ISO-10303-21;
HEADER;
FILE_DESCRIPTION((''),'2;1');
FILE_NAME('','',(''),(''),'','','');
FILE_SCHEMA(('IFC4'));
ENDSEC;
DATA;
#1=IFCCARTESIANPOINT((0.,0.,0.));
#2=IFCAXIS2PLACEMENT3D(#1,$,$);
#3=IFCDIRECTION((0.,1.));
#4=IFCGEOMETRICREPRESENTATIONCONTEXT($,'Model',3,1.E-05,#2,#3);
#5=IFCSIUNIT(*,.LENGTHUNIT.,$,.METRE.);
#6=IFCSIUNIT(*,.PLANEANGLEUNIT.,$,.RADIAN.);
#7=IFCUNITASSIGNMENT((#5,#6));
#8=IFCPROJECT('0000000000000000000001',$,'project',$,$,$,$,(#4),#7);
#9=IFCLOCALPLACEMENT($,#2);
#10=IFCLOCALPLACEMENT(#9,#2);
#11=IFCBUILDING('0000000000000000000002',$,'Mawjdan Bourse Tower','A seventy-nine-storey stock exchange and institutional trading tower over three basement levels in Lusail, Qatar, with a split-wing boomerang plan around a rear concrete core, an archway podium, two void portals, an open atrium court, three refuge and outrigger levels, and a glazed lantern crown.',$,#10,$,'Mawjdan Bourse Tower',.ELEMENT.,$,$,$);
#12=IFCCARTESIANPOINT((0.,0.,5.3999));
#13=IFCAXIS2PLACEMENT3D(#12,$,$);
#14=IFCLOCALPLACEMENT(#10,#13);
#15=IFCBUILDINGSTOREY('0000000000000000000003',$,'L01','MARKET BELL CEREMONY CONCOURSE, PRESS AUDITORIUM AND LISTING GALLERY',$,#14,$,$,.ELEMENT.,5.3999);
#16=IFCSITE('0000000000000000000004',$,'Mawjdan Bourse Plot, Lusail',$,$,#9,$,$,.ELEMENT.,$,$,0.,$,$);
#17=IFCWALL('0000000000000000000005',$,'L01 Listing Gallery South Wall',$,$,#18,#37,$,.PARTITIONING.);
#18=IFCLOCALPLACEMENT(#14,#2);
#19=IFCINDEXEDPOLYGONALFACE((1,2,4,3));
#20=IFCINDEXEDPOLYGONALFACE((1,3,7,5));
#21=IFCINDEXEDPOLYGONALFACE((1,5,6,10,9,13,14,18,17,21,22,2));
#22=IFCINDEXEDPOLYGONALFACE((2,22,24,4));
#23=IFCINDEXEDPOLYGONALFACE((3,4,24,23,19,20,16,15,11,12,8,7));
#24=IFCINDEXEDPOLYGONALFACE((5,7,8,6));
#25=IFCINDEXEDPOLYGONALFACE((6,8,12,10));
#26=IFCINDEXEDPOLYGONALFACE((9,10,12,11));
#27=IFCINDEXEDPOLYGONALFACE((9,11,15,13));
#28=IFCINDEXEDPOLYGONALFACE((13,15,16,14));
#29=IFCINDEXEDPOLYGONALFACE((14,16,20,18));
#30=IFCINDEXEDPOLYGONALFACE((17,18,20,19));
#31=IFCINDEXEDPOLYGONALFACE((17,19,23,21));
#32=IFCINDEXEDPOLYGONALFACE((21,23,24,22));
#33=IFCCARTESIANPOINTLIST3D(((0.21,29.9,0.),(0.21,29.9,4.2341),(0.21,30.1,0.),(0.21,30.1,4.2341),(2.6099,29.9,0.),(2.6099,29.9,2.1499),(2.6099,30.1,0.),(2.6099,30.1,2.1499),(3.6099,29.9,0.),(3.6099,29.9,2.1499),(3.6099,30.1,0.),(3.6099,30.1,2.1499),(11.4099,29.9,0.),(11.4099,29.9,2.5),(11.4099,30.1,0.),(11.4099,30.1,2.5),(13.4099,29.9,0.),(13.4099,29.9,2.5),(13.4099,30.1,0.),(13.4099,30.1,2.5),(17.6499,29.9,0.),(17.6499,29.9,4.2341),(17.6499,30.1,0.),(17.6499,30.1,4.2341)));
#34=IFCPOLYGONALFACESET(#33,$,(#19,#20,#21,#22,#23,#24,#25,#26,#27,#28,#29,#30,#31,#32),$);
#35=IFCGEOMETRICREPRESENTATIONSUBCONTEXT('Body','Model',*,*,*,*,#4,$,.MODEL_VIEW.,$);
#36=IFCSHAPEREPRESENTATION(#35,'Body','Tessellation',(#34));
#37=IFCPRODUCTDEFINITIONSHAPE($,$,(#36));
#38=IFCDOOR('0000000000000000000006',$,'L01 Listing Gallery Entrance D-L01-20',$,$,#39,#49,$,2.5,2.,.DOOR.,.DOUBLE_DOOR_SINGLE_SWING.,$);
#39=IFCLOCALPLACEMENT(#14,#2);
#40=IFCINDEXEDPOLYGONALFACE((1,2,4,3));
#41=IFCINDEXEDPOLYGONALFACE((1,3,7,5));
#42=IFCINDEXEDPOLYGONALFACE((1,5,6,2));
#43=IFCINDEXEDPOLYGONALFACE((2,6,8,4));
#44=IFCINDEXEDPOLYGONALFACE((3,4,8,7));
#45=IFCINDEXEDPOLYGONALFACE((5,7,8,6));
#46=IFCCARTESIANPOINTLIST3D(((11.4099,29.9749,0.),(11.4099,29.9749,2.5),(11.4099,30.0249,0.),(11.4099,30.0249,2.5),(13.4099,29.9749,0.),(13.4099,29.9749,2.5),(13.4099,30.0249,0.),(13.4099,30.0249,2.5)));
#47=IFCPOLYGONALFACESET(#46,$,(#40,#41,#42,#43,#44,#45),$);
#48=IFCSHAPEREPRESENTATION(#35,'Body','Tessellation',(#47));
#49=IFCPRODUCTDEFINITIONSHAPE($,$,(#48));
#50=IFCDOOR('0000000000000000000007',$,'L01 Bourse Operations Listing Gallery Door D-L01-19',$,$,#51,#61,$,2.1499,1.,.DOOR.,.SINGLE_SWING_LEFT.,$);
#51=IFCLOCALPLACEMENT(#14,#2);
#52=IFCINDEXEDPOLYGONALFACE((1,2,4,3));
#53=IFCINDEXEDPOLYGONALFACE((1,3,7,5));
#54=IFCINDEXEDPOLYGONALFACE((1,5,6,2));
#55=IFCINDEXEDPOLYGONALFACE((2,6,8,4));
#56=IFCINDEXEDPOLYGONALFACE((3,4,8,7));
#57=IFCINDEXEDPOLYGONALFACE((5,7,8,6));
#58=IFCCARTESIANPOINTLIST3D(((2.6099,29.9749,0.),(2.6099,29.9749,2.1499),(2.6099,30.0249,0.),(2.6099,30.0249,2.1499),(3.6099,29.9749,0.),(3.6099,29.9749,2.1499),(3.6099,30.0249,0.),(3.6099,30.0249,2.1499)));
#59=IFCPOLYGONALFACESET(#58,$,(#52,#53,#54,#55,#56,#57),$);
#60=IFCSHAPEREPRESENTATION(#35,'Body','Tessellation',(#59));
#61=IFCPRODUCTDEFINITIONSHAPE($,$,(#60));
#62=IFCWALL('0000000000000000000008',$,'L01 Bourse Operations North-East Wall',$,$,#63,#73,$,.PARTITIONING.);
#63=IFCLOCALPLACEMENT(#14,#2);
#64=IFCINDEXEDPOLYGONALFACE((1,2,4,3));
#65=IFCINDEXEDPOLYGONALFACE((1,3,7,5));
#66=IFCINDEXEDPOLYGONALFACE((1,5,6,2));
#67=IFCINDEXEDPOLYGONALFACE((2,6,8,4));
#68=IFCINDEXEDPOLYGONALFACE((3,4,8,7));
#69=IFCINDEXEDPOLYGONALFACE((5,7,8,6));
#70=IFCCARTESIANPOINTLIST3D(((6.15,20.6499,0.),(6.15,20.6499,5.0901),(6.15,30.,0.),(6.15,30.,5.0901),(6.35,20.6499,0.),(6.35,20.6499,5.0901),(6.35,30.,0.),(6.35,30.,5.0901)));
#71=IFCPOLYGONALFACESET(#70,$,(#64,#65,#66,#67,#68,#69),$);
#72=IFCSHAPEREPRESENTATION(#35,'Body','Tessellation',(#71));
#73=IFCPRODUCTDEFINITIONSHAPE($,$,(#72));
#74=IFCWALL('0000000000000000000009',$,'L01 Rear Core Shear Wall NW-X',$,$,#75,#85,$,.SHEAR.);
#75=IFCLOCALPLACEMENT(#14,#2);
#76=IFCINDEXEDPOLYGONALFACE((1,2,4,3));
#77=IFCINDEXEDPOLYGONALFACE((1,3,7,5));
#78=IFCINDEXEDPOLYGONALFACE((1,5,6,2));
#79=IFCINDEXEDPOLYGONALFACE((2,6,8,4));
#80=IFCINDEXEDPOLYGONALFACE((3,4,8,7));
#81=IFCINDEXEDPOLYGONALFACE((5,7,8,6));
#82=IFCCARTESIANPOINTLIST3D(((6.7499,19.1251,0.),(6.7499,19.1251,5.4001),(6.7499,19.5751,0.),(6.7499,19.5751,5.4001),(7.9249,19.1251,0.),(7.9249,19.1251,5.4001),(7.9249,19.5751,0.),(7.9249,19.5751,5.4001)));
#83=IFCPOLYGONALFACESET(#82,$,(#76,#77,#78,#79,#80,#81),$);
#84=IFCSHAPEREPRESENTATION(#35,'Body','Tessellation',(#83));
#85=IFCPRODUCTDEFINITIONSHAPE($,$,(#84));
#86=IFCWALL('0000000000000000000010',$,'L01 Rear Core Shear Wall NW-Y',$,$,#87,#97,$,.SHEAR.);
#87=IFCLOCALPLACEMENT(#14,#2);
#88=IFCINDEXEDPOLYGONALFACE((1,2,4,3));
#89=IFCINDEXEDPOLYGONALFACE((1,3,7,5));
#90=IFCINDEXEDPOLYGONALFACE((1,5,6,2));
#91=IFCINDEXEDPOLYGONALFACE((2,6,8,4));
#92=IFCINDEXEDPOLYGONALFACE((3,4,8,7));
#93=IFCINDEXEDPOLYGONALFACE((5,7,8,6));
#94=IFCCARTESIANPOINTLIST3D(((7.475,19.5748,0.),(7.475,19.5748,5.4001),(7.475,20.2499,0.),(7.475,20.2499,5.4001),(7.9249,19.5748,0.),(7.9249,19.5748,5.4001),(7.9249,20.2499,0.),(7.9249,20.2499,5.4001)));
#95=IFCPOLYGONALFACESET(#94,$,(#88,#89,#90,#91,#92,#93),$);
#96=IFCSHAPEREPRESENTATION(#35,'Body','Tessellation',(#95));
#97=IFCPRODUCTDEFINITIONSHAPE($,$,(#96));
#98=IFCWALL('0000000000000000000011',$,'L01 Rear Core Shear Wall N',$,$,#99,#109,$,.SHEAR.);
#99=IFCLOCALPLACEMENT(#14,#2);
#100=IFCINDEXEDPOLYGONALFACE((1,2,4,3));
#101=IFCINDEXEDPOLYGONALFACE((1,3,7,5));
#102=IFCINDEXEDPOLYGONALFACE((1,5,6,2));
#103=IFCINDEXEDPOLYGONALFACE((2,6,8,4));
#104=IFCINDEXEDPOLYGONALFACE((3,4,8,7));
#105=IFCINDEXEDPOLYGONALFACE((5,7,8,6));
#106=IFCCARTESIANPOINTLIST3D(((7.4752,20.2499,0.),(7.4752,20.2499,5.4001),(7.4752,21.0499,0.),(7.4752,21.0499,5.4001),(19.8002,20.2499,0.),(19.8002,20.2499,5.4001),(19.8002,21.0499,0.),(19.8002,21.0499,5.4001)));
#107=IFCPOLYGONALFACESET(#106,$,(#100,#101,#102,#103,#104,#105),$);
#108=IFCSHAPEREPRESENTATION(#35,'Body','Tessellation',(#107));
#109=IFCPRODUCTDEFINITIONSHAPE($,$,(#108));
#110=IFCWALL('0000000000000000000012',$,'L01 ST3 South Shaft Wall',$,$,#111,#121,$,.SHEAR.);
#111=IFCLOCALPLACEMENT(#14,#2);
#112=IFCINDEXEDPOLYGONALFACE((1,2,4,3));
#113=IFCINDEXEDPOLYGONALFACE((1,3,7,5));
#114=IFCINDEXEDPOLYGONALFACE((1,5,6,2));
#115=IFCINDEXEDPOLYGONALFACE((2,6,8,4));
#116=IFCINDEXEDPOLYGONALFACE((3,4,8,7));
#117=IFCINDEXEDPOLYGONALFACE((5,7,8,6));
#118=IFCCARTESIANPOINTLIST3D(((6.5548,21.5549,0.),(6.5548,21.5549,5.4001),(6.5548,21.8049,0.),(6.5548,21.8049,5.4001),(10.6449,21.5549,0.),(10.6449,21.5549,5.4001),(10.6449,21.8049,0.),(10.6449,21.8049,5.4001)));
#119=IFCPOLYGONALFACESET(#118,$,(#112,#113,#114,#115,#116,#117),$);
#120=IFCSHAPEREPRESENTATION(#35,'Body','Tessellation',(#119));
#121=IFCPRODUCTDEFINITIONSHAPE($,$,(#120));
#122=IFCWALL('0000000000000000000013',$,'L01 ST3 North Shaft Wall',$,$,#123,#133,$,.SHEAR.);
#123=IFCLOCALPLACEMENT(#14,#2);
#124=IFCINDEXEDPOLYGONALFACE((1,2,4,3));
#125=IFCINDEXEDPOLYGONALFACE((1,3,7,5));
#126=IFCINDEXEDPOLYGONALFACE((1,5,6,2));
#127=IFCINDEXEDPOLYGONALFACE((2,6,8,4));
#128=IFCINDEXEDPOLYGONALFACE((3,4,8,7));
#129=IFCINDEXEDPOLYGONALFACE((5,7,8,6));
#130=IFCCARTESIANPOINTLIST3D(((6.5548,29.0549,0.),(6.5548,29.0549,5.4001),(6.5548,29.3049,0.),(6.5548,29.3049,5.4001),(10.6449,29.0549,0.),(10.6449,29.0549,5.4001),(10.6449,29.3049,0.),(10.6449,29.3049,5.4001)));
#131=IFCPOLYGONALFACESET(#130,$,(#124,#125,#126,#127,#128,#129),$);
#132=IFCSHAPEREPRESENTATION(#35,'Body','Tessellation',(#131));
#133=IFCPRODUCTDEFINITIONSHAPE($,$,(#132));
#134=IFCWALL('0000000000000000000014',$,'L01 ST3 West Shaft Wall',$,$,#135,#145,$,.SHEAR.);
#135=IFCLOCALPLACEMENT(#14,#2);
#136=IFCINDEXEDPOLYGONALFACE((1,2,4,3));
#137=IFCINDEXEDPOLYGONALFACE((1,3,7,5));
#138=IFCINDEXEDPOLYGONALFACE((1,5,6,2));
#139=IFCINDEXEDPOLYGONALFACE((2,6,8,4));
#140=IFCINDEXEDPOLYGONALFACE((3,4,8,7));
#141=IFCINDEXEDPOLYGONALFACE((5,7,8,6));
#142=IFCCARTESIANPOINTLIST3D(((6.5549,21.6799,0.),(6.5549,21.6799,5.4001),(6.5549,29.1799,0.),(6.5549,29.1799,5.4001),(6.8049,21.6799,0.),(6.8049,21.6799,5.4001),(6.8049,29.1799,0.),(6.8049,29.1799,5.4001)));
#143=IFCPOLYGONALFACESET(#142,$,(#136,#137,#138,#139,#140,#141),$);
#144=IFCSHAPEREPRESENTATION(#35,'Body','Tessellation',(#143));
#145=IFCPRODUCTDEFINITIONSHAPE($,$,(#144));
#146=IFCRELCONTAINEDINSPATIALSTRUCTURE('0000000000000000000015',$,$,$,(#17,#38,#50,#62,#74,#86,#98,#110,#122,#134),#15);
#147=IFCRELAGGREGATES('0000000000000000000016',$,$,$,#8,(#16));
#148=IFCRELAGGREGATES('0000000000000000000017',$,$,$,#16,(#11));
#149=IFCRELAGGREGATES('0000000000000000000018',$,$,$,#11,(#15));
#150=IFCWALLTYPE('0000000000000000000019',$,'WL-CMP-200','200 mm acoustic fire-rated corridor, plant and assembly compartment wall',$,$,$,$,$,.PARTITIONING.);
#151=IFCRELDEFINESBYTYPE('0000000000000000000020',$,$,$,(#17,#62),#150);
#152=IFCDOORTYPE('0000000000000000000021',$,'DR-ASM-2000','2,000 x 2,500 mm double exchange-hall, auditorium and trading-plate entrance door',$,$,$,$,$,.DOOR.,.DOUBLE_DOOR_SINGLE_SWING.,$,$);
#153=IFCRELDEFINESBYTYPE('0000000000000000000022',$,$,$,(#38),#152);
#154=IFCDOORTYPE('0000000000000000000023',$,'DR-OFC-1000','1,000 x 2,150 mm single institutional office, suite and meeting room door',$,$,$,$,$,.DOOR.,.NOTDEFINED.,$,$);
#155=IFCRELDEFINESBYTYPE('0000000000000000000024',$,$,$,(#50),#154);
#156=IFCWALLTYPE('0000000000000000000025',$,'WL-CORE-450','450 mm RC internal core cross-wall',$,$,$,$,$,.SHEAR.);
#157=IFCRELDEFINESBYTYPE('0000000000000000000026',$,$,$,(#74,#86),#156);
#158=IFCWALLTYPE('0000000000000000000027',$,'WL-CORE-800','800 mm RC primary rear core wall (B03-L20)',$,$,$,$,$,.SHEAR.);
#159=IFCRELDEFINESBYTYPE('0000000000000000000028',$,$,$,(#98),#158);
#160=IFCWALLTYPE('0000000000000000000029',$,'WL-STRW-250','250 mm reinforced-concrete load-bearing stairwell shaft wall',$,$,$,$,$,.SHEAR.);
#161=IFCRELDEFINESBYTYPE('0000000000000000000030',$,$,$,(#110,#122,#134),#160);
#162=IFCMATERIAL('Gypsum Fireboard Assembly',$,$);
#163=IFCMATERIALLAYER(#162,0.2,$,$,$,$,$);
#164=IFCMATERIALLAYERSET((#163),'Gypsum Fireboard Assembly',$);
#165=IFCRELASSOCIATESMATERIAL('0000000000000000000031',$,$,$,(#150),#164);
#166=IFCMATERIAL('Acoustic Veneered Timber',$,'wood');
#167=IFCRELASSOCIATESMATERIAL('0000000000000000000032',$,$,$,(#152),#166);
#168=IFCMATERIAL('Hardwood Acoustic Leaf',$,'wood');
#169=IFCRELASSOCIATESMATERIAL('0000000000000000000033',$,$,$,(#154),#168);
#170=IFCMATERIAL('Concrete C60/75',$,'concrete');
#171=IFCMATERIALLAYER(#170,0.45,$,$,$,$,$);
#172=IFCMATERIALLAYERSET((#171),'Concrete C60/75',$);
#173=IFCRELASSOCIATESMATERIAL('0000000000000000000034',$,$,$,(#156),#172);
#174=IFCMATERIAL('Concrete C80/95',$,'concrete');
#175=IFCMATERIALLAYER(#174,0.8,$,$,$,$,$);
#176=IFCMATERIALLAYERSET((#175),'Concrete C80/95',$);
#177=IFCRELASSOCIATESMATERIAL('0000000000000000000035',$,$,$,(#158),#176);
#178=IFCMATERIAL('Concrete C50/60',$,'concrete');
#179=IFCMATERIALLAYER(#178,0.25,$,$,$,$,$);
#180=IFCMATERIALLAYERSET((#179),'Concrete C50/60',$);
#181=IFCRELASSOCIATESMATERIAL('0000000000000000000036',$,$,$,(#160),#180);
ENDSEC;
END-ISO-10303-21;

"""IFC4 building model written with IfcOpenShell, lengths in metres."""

from ifc_helpers import new_model, si_unit, direction, frame, frame_2d, origin, place, context, subcontext, project, spatial, rectangle, extrude, material, layer, layer_set, type_object, element, fill, save


model = new_model("IFC4")

# Units and contexts
model_context = context("Model", 3, precision=1e-05, world=origin(), true_north=direction((0.0, 1.0)))
body_context = subcontext(model_context, "Body", "Model", "MODEL_VIEW")
ifc_project = project(units=[si_unit("LENGTHUNIT", "METRE"), si_unit("PLANEANGLEUNIT", "RADIAN")], contexts=[model_context])

# Site, building, storey
site_placement = place(None, origin())
site = spatial("IfcSite", under=ifc_project, at=site_placement, Name="Mawjdan Bourse Plot, Lusail", CompositionType="ELEMENT", RefElevation=0.0)
building_placement = place(site_placement, origin())
building = spatial("IfcBuilding", under=site, at=building_placement, Name="Mawjdan Bourse Tower", Description="A seventy-nine-storey stock exchange and institutional trading tower over three basement levels in Lusail, Qatar, with a split-wing boomerang plan around a rear concrete core, an archway podium, two void portals, an open atrium court, three refuge and outrigger levels, and a glazed lantern crown.", LongName="Mawjdan Bourse Tower", CompositionType="ELEMENT")
storey_placement = place(building_placement, frame((0.0, 0.0, 5.3999)))
storey = spatial("IfcBuildingStorey", under=building, at=storey_placement, Name="L01", Description="MARKET BELL CEREMONY CONCOURSE, PRESS AUDITORIUM AND LISTING GALLERY", CompositionType="ELEMENT", Elevation=5.3999)

# Shared definitions
ifc_material_1 = material(Name="Concrete C80/95", Category="concrete")

# Wall, openings, doors
ifc_material_2 = material(Name="Gypsum Fireboard Assembly")
ifc_layer_1 = layer(ifc_material_2, 0.2)
ifc_layer_set_1 = layer_set([ifc_layer_1], Name="Gypsum Fireboard Assembly")
wall_type_1 = type_object("IfcWallType", Name="WL-CMP-200", Description="200 mm acoustic fire-rated corridor, plant and assembly compartment wall", PredefinedType="PARTITIONING", material=ifc_layer_set_1)
wall_1_placement = place(storey_placement, frame((0.21, 30.0, 0.0), z_axis=(0.0, 0.0, 1.0), x_axis=(1.0, 0.0, 0.0)))
wall_1 = element("IfcWall", 1, at=wall_1_placement, inside=storey, type_object=wall_type_1, Name="L01 Listing Gallery South Wall", PredefinedType="PARTITIONING", context=body_context, shape_type="SweptSolid", body=[
    extrude(rectangle(XDim=17.4399, YDim=0.2, at=frame_2d((8.72, 0.0))), origin(), (0.0, 0.0, 1.0), 4.2341),
])
opening_1_placement = place(wall_1_placement, frame((2.3999, 0.0, 0.0)))
opening_1 = element("IfcOpeningElement", 2, at=opening_1_placement, cuts=wall_1, PredefinedType="OPENING", context=body_context, shape_type="SweptSolid", body=[
    extrude(rectangle(XDim=1.0, YDim=2.1499, at=frame_2d((0.5, 1.075))), frame((0.0, 0.1099, 0.0), z_axis=(0.0, -1.0, 0.0), x_axis=(1.0, 0.0, 0.0)), (0.0, 0.0, 1.0), 0.22),
])
opening_2_placement = place(wall_1_placement, frame((11.2, 0.0, 0.0)))
opening_2 = element("IfcOpeningElement", 3, at=opening_2_placement, cuts=wall_1, PredefinedType="OPENING", context=body_context, shape_type="SweptSolid", body=[
    extrude(rectangle(XDim=2.0, YDim=2.5, at=frame_2d((1.0, 1.25))), frame((0.0, 0.1099, 0.0), z_axis=(0.0, -1.0, 0.0), x_axis=(1.0, 0.0, 0.0)), (0.0, 0.0, 1.0), 0.22),
])
ifc_material_3 = material(Name="Acoustic Veneered Timber", Category="wood")
door_type_1 = type_object("IfcDoorType", Name="DR-ASM-2000", Description="2,000 x 2,500 mm double exchange-hall, auditorium and trading-plate entrance door", OperationType="DOUBLE_DOOR_SINGLE_SWING", PredefinedType="DOOR", material=ifc_material_3)
door_1_placement = place(opening_2_placement, origin())
door_1 = element("IfcDoor", 4, at=door_1_placement, inside=storey, type_object=door_type_1, Name="L01 Listing Gallery Entrance D-L01-20", OperationType="DOUBLE_DOOR_SINGLE_SWING", OverallHeight=2.5, OverallWidth=2.0, PredefinedType="DOOR", context=body_context, shape_type="SweptSolid", body=[
    extrude(rectangle(XDim=2.0, YDim=2.5, at=frame_2d((1.0, 1.25))), frame((0.0, 0.0249, 0.0), z_axis=(0.0, -1.0, 0.0), x_axis=(1.0, 0.0, 0.0)), (0.0, 0.0, 1.0), 0.05),
])
fill(opening_2, door_1)
ifc_material_4 = material(Name="Hardwood Acoustic Leaf", Category="wood")
door_type_2 = type_object("IfcDoorType", Name="DR-OFC-1000", Description="1,000 x 2,150 mm single institutional office, suite and meeting room door", OperationType="NOTDEFINED", PredefinedType="DOOR", material=ifc_material_4)
door_2_placement = place(opening_1_placement, origin())
door_2 = element("IfcDoor", 5, at=door_2_placement, inside=storey, type_object=door_type_2, Name="L01 Bourse Operations Listing Gallery Door D-L01-19", OperationType="SINGLE_SWING_LEFT", OverallHeight=2.1499, OverallWidth=1.0, PredefinedType="DOOR", context=body_context, shape_type="SweptSolid", body=[
    extrude(rectangle(XDim=1.0, YDim=2.1499, at=frame_2d((0.5, 1.075))), frame((0.0, 0.0249, 0.0), z_axis=(0.0, -1.0, 0.0), x_axis=(1.0, 0.0, 0.0)), (0.0, 0.0, 1.0), 0.05),
])
fill(opening_1, door_2)

# Walls
wall_2_placement = place(storey_placement, frame((6.25, 20.6499, 0.0), z_axis=(0.0, 0.0, 1.0), x_axis=(0.0, 1.0, 0.0)))
element("IfcWall", 6, at=wall_2_placement, inside=storey, type_object=wall_type_1, Name="L01 Bourse Operations North-East Wall", PredefinedType="PARTITIONING", context=body_context, shape_type="SweptSolid", body=[
    extrude(rectangle(XDim=9.3501, YDim=0.2, at=frame_2d((4.675, 0.0))), origin(), (0.0, 0.0, 1.0), 5.0901),
])
ifc_material_5 = material(Name="Concrete C60/75", Category="concrete")
ifc_layer_2 = layer(ifc_material_5, 0.45)
ifc_layer_set_2 = layer_set([ifc_layer_2], Name="Concrete C60/75")
wall_type_2 = type_object("IfcWallType", Name="WL-CORE-450", Description="450 mm RC internal core cross-wall", PredefinedType="SHEAR", material=ifc_layer_set_2)
wall_3_placement = place(storey_placement, frame((6.75, 19.3501, 0.0), z_axis=(0.0, 0.0, 1.0), x_axis=(1.0, 0.0, 0.0)))
element("IfcWall", 7, at=wall_3_placement, inside=storey, type_object=wall_type_2, Name="L01 Rear Core Shear Wall NW-X", PredefinedType="SHEAR", context=body_context, shape_type="SweptSolid", body=[
    extrude(rectangle(XDim=1.175, YDim=0.45, at=frame_2d((0.5874, 0.0))), origin(), (0.0, 0.0, 1.0), 5.4001),
])
wall_4_placement = place(storey_placement, frame((7.7, 19.575, 0.0), z_axis=(0.0, 0.0, 1.0), x_axis=(0.0, 1.0, 0.0)))
element("IfcWall", 8, at=wall_4_placement, inside=storey, type_object=wall_type_2, Name="L01 Rear Core Shear Wall NW-Y", PredefinedType="SHEAR", context=body_context, shape_type="SweptSolid", body=[
    extrude(rectangle(XDim=0.675, YDim=0.45, at=frame_2d((0.3374, 0.0))), origin(), (0.0, 0.0, 1.0), 5.4001),
])
ifc_layer_3 = layer(ifc_material_1, 0.8)
ifc_layer_set_3 = layer_set([ifc_layer_3], Name="Concrete C80/95")
wall_type_3 = type_object("IfcWallType", Name="WL-CORE-800", Description="800 mm RC primary rear core wall (B03-L20)", PredefinedType="SHEAR", material=ifc_layer_set_3)
wall_5_placement = place(storey_placement, frame((7.4751, 20.6499, 0.0), z_axis=(0.0, 0.0, 1.0), x_axis=(1.0, 0.0, 0.0)))
element("IfcWall", 9, at=wall_5_placement, inside=storey, type_object=wall_type_3, Name="L01 Rear Core Shear Wall N", PredefinedType="SHEAR", context=body_context, shape_type="SweptSolid", body=[
    extrude(rectangle(XDim=12.325, YDim=0.8, at=frame_2d((6.1626, 0.0))), origin(), (0.0, 0.0, 1.0), 5.4001),
])
ifc_material_6 = material(Name="Concrete C50/60", Category="concrete")
ifc_layer_4 = layer(ifc_material_6, 0.25)
ifc_layer_set_4 = layer_set([ifc_layer_4], Name="Concrete C50/60")
wall_type_4 = type_object("IfcWallType", Name="WL-STRW-250", Description="250 mm reinforced-concrete load-bearing stairwell shaft wall", PredefinedType="SHEAR", material=ifc_layer_set_4)
for number, where, z_axis, x_axis, name in (
    (10, (6.5549, 21.6799, 0.0), (0.0, 0.0, 1.0), (1.0, 0.0, 0.0), "L01 ST3 South Shaft Wall"),
    (11, (6.5549, 29.1799, 0.0), (0.0, 0.0, 1.0), (1.0, 0.0, 0.0), "L01 ST3 North Shaft Wall"),
):
    element("IfcWall", number, at=place(storey_placement, frame(where, z_axis=z_axis, x_axis=x_axis)), inside=storey, type_object=wall_type_4, Name=name, PredefinedType="SHEAR", context=body_context, shape_type="SweptSolid", body=[
        extrude(rectangle(XDim=4.0901, YDim=0.25, at=frame_2d((2.0449, 0.0))), origin(), (0.0, 0.0, 1.0), 5.4001),
    ])
wall_6_placement = place(storey_placement, frame((6.6799, 21.6799, 0.0), z_axis=(0.0, 0.0, 1.0), x_axis=(0.0, 1.0, 0.0)))
element("IfcWall", 12, at=wall_6_placement, inside=storey, type_object=wall_type_4, Name="L01 ST3 West Shaft Wall", PredefinedType="SHEAR", context=body_context, shape_type="SweptSolid", body=[
    extrude(rectangle(XDim=7.5, YDim=0.25, at=frame_2d((3.75, 0.0))), origin(), (0.0, 0.0, 1.0), 5.4001),
])

save(model, "model.ifc")
